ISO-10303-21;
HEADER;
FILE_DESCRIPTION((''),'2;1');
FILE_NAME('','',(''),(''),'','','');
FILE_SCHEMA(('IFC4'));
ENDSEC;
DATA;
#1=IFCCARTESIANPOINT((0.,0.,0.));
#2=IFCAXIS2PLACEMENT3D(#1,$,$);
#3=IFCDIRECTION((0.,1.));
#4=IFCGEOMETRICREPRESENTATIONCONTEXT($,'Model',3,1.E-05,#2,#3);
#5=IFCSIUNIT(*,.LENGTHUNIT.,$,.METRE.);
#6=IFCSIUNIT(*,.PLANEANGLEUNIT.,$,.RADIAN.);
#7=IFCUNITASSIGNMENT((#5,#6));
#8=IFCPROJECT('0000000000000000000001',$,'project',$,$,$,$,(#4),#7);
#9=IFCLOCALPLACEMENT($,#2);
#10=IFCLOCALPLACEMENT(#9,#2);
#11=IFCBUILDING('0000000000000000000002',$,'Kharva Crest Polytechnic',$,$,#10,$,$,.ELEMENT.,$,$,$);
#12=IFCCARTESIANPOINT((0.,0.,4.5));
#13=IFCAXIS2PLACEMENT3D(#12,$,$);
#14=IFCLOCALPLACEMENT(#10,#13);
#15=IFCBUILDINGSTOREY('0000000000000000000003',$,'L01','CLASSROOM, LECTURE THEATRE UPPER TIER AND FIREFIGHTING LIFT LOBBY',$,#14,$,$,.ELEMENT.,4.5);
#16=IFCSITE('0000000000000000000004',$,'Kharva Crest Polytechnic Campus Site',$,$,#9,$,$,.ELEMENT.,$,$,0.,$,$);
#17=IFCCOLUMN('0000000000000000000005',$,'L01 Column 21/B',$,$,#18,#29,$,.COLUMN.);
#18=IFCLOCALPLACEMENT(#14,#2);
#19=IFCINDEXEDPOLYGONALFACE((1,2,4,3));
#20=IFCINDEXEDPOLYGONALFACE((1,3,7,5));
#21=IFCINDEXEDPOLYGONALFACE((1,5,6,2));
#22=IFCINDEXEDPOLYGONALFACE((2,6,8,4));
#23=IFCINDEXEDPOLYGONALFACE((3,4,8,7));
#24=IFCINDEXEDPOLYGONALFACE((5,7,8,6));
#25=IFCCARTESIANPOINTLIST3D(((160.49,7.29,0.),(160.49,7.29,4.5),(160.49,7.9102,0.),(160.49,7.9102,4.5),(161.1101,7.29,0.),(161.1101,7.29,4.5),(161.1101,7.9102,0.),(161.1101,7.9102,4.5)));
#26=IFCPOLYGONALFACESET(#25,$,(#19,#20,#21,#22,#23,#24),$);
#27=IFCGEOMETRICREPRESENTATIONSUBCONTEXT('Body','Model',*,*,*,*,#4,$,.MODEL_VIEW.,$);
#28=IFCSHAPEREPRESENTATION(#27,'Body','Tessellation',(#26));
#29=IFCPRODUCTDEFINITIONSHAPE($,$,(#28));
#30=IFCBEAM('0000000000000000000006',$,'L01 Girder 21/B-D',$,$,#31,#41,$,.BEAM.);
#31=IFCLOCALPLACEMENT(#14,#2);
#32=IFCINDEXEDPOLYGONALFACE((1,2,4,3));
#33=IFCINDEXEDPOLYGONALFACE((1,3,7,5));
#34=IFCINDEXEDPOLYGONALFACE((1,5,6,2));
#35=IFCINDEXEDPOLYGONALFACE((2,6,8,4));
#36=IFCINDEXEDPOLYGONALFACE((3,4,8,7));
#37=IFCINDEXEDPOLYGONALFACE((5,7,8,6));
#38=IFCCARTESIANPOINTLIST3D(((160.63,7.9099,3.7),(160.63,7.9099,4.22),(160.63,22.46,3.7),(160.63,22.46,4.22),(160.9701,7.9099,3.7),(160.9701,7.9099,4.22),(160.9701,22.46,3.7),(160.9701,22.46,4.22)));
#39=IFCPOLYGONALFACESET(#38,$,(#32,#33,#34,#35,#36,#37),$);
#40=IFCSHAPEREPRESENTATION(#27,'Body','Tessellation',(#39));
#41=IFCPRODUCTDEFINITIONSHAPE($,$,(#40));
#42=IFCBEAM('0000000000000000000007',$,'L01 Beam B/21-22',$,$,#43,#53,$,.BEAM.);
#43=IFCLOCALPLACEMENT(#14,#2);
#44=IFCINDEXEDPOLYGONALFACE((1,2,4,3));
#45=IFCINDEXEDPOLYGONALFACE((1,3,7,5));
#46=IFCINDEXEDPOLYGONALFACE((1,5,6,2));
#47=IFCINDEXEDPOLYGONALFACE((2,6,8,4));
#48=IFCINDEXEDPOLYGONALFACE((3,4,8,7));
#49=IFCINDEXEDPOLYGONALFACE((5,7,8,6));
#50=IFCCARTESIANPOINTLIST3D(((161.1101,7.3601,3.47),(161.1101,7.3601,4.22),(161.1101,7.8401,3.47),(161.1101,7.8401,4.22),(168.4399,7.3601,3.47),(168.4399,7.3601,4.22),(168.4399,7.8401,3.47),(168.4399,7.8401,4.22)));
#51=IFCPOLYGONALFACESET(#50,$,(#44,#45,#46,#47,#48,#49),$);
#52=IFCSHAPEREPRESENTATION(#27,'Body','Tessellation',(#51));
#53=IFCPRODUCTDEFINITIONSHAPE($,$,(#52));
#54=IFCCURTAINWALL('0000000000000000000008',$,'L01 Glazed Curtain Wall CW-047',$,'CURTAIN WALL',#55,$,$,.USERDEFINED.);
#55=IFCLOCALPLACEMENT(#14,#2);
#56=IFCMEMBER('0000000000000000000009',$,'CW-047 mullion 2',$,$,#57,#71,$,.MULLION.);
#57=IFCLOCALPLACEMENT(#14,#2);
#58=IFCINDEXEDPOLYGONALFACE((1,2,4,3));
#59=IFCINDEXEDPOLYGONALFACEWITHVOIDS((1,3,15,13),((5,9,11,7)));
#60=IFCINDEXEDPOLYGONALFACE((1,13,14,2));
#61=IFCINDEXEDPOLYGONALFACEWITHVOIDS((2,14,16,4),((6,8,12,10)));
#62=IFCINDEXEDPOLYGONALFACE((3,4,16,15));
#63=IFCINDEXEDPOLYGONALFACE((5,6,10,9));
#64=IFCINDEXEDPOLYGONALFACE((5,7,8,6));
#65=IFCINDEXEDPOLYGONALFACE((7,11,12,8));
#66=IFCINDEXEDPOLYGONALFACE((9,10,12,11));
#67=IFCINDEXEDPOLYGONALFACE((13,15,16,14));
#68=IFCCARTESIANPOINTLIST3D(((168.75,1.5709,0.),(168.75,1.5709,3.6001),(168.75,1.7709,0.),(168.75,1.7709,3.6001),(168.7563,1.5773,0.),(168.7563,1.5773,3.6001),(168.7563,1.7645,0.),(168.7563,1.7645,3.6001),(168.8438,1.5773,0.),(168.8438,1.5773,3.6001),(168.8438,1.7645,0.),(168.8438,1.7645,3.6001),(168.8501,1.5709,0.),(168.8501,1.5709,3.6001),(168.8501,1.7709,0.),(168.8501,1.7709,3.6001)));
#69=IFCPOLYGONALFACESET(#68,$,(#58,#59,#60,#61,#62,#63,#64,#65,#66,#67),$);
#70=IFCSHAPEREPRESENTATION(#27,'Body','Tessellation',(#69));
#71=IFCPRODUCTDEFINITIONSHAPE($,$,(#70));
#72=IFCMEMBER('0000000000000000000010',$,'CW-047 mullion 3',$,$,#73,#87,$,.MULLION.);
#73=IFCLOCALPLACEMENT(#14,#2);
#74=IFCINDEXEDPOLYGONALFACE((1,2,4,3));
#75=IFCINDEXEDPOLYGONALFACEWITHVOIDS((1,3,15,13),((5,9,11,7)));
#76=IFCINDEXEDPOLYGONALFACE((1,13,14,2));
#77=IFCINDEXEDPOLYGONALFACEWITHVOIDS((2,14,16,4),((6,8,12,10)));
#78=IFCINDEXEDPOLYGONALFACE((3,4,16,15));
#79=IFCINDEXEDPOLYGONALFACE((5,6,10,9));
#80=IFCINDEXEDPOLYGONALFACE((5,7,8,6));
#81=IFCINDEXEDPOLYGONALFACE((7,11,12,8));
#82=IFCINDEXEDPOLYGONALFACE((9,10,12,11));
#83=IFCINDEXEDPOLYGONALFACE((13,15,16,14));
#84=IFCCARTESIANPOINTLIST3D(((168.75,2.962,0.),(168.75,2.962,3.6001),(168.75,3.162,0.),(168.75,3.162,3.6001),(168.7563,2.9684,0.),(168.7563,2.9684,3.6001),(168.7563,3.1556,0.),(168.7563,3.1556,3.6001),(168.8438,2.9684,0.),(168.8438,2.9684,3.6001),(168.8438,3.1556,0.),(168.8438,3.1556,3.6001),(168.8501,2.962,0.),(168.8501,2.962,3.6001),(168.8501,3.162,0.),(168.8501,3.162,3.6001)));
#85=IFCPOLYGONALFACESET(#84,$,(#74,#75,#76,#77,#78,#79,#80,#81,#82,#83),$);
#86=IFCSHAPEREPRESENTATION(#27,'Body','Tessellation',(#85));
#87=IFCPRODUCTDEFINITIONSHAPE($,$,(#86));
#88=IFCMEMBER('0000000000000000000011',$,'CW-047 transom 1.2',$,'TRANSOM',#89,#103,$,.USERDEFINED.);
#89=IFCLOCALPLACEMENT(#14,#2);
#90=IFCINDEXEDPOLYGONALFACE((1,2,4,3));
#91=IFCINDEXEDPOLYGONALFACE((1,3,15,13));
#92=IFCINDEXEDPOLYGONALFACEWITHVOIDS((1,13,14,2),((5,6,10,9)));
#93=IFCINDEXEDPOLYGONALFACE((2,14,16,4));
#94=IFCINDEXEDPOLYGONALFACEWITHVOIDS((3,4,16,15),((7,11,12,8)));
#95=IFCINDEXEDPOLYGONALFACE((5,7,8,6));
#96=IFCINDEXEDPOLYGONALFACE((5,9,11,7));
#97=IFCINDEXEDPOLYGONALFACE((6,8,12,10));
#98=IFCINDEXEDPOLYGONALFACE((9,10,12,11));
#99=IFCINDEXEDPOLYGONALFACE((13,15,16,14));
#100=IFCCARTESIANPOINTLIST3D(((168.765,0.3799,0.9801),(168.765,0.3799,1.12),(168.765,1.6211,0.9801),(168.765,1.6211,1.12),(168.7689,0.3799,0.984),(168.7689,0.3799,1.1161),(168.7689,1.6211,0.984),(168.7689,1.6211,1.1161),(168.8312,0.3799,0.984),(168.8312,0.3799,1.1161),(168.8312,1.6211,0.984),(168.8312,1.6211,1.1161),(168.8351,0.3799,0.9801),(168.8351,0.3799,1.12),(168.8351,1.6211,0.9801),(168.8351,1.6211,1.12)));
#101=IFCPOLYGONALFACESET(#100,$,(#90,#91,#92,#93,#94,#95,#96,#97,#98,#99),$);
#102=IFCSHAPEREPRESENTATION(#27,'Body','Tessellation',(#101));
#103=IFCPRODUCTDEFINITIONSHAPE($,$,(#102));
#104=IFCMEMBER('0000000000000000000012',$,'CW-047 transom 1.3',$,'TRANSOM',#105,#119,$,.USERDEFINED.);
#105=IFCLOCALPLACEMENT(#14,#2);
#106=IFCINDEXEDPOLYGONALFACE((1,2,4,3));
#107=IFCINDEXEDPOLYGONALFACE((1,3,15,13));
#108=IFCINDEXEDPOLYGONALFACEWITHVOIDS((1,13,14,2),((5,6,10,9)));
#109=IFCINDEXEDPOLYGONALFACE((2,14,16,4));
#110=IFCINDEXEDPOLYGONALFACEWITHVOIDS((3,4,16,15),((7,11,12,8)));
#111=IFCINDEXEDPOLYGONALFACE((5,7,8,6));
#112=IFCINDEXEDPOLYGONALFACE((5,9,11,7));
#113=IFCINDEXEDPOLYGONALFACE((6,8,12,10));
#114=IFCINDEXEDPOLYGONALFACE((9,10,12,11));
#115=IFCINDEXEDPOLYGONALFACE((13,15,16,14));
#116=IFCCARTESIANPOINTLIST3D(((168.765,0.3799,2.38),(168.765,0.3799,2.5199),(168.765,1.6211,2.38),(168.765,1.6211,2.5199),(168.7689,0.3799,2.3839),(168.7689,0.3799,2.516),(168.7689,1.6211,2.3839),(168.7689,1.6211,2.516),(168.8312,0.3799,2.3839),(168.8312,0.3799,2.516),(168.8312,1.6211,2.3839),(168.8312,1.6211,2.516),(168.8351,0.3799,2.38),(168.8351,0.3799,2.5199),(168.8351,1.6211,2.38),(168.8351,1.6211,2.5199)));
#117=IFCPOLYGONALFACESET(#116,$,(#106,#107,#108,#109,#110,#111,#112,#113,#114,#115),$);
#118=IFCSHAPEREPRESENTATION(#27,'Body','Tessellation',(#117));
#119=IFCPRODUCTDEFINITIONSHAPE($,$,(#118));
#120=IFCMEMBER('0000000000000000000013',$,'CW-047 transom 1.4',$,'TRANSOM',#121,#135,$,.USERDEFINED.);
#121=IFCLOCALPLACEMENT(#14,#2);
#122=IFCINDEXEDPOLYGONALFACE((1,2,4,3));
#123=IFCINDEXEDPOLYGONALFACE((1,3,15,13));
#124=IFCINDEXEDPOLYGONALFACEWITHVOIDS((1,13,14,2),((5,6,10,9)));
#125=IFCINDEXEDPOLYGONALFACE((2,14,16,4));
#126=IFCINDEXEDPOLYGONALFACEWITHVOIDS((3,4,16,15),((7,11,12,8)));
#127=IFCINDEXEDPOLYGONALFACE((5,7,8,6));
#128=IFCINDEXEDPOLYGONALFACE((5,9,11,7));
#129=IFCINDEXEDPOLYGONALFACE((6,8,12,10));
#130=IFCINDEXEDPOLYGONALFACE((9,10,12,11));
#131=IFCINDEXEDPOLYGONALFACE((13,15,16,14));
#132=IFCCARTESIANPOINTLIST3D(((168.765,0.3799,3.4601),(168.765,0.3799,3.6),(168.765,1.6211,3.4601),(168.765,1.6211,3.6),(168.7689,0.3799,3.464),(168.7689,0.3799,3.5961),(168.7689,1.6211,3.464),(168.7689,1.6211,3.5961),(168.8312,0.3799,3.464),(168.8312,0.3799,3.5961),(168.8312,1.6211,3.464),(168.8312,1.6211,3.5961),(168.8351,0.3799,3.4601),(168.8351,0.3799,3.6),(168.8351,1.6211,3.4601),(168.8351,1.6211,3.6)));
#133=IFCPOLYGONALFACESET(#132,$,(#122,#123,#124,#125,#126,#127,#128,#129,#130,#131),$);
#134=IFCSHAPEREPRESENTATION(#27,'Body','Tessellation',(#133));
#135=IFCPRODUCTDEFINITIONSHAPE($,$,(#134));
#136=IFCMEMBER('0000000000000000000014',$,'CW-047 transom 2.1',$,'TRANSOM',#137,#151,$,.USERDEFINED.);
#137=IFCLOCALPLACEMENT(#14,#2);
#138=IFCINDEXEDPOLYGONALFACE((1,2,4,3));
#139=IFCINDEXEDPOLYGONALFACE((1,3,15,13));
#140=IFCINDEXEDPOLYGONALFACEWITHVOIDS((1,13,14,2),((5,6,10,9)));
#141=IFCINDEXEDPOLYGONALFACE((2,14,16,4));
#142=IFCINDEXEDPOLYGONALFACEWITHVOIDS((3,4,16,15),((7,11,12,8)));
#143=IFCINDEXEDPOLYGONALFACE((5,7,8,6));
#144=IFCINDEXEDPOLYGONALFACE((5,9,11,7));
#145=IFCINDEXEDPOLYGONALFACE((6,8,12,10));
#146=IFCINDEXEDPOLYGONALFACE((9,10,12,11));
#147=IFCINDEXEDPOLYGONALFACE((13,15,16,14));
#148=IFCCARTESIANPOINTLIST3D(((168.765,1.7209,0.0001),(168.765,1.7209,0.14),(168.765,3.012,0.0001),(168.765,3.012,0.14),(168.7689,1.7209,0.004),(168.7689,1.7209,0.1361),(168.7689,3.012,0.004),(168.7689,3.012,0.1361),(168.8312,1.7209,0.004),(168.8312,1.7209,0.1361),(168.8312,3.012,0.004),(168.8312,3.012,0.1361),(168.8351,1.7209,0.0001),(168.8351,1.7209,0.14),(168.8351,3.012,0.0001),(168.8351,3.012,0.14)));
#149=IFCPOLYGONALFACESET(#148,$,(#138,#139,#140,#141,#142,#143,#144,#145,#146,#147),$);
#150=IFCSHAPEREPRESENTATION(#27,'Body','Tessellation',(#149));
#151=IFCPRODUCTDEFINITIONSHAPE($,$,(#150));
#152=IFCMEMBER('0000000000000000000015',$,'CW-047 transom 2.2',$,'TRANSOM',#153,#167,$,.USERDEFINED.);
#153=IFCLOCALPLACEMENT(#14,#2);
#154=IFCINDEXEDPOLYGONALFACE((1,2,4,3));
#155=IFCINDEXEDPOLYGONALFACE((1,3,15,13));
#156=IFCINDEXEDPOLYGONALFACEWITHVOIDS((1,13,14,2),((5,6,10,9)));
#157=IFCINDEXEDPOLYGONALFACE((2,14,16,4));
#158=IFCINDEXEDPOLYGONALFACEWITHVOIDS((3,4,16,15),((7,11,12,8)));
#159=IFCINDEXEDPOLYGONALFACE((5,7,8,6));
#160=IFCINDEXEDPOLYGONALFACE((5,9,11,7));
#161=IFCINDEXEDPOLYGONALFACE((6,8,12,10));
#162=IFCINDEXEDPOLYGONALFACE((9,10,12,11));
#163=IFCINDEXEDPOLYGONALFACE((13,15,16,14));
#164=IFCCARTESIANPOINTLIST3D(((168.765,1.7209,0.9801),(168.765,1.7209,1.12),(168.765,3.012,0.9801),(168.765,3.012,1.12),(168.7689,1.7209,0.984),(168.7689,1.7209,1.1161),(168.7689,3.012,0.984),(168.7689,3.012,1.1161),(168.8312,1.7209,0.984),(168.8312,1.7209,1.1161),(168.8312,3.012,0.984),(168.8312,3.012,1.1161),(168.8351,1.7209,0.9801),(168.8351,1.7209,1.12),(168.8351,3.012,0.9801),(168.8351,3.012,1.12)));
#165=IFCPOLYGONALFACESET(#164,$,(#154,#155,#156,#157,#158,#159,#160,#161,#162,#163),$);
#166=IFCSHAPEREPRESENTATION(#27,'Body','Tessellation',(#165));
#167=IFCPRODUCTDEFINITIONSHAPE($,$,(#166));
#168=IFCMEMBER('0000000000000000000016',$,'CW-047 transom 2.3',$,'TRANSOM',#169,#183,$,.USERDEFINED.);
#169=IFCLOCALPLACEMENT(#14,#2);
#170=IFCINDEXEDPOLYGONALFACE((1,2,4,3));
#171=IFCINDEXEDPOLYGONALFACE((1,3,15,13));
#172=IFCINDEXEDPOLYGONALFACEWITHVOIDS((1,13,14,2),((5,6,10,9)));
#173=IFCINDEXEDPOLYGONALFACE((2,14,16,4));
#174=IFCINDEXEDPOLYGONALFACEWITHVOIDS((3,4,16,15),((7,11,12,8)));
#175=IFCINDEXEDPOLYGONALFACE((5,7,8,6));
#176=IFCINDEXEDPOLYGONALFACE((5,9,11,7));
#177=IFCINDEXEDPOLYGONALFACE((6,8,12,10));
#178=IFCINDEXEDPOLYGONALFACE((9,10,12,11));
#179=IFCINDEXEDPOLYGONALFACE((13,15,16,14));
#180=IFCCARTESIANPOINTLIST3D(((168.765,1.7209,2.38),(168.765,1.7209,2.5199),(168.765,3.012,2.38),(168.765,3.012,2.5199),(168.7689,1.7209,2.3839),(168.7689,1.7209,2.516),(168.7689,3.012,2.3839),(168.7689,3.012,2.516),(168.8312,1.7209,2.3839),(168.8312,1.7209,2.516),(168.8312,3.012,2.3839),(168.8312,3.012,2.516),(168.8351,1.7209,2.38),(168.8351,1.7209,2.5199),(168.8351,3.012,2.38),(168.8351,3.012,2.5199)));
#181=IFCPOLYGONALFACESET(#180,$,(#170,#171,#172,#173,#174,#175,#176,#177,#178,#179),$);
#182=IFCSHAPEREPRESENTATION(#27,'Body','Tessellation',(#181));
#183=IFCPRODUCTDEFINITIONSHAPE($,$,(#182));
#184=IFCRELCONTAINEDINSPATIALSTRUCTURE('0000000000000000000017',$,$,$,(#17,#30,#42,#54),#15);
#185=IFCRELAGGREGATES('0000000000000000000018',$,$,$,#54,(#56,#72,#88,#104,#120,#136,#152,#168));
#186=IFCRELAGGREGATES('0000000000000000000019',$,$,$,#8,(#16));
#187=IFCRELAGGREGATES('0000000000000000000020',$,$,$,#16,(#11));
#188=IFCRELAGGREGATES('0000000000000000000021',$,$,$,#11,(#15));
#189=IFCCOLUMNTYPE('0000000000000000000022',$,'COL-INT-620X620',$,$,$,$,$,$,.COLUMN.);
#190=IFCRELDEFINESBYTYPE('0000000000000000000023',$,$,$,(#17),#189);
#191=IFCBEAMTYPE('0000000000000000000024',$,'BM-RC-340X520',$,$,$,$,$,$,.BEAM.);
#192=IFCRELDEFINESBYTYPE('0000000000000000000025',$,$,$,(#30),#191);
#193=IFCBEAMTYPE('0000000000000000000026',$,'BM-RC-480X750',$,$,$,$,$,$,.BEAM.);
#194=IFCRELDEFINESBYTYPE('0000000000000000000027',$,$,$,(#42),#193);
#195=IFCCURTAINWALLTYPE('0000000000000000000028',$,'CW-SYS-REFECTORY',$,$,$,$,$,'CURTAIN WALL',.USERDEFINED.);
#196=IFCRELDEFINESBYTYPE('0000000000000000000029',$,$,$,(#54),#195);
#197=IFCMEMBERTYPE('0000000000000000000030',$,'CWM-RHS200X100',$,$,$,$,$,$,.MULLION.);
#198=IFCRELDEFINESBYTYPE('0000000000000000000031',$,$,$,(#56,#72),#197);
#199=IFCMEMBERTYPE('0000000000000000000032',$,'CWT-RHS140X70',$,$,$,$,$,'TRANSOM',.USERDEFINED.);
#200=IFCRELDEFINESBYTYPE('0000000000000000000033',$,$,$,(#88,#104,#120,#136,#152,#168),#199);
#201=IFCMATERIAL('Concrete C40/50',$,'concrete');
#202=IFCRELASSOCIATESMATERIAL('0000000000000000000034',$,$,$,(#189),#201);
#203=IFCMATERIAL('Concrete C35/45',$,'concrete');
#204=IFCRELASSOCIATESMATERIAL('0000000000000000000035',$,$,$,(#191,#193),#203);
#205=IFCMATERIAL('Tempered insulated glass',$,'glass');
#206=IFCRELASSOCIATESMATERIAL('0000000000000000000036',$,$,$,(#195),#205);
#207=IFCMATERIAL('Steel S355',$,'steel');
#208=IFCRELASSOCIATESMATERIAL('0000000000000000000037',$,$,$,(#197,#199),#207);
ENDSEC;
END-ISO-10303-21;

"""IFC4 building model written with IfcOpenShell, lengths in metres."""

from ifc_helpers import new_model, si_unit, direction, frame, origin, origin_2d, place, context, subcontext, project, spatial, rectangle, hollow_rectangle, extrude, material, material_profile, profile_set, type_object, element, aggregate, save


model = new_model("IFC4")

# Units and contexts
model_context = context("Model", 3, precision=1e-05, world=origin(), true_north=direction((0.0, 1.0)))
body_context = subcontext(model_context, "Body", "Model", "MODEL_VIEW")
ifc_project = project(units=[si_unit("LENGTHUNIT", "METRE"), si_unit("PLANEANGLEUNIT", "RADIAN")], contexts=[model_context])

# Site, building, storey
site_placement = place(None, origin())
site = spatial("IfcSite", under=ifc_project, at=site_placement, Name="Kharva Crest Polytechnic Campus Site", CompositionType="ELEMENT", RefElevation=0.0)
building_placement = place(site_placement, origin())
building = spatial("IfcBuilding", under=site, at=building_placement, Name="Kharva Crest Polytechnic", CompositionType="ELEMENT")
storey_placement = place(building_placement, frame((0.0, 0.0, 4.5)))
storey = spatial("IfcBuildingStorey", under=building, at=storey_placement, Name="L01", Description="CLASSROOM, LECTURE THEATRE UPPER TIER AND FIREFIGHTING LIFT LOBBY", CompositionType="ELEMENT", Elevation=4.5)

# Column
ifc_material_1 = material(Name="Concrete C40/50", Category="concrete")
ifc_material_profile_1 = material_profile(ifc_material_1, rectangle(XDim=0.6201, YDim=0.6201, at=origin_2d()), Name="RECT 620 X 620")
ifc_profile_set_1 = profile_set([ifc_material_profile_1], Name="Concrete C40/50")
column_type = type_object("IfcColumnType", Name="COL-INT-620X620", PredefinedType="COLUMN", material=ifc_profile_set_1)
column_placement = place(storey_placement, frame((160.8, 7.6001, 0.0), z_axis=(0.0, 0.0, 1.0), x_axis=(1.0, 0.0, 0.0)))
element("IfcColumn", 1, at=column_placement, inside=storey, type_object=column_type, Name="L01 Column 21/B", PredefinedType="COLUMN", context=body_context, shape_type="SweptSolid", body=[
    extrude(rectangle(XDim=0.6201, YDim=0.6201, at=origin_2d()), origin(), (0.0, 0.0, 1.0), 4.5),
])

# Beams
ifc_material_2 = material(Name="Concrete C35/45", Category="concrete")
ifc_material_profile_2 = material_profile(ifc_material_2, rectangle(XDim=0.3401, YDim=0.52, at=origin_2d()), Name="RECT 340 X 520")
ifc_profile_set_2 = profile_set([ifc_material_profile_2], Name="Concrete C35/45")
beam_type_1 = type_object("IfcBeamType", Name="BM-RC-340X520", PredefinedType="BEAM", material=ifc_profile_set_2)
beam_1_placement = place(storey_placement, frame((160.8, 7.9099, 3.96), z_axis=(0.0, 1.0, 0.0), x_axis=(-1.0, 0.0, 0.0)))
element("IfcBeam", 2, at=beam_1_placement, inside=storey, type_object=beam_type_1, Name="L01 Girder 21/B-D", PredefinedType="BEAM", context=body_context, shape_type="SweptSolid", body=[
    extrude(rectangle(XDim=0.3401, YDim=0.52, at=origin_2d()), origin(), (0.0, 0.0, 1.0), 14.55),
])
ifc_material_profile_3 = material_profile(ifc_material_2, rectangle(XDim=0.48, YDim=0.75, at=origin_2d()), Name="RECT 480 X 750")
ifc_profile_set_3 = profile_set([ifc_material_profile_3], Name="Concrete C35/45")
beam_type_2 = type_object("IfcBeamType", Name="BM-RC-480X750", PredefinedType="BEAM", material=ifc_profile_set_3)
beam_2_placement = place(storey_placement, frame((161.1101, 7.6001, 3.845), z_axis=(1.0, 0.0, 0.0), x_axis=(0.0, 1.0, 0.0)))
element("IfcBeam", 3, at=beam_2_placement, inside=storey, type_object=beam_type_2, Name="L01 Beam B/21-22", PredefinedType="BEAM", context=body_context, shape_type="SweptSolid", body=[
    extrude(rectangle(XDim=0.48, YDim=0.75, at=origin_2d()), origin(), (0.0, 0.0, 1.0), 7.3298),
])

# Curtain wall, members
ifc_material_3 = material(Name="Tempered insulated glass", Category="glass")
curtain_wall_type = type_object("IfcCurtainWallType", Name="CW-SYS-REFECTORY", ElementType="CURTAIN WALL", PredefinedType="USERDEFINED", material=ifc_material_3)
curtain_wall_placement = place(storey_placement, origin())
curtain_wall = element("IfcCurtainWall", 4, at=curtain_wall_placement, inside=storey, type_object=curtain_wall_type, Name="L01 Glazed Curtain Wall CW-047", ObjectType="CURTAIN WALL", PredefinedType="USERDEFINED")
ifc_material_4 = material(Name="Steel S355", Category="steel")
ifc_material_profile_4 = material_profile(ifc_material_4, hollow_rectangle(XDim=0.1001, YDim=0.2, WallThickness=0.0063, at=origin_2d()), Name="RHS 200X100X6.3")
ifc_profile_set_4 = profile_set([ifc_material_profile_4], Name="Steel S355")
member_type_1 = type_object("IfcMemberType", Name="CWM-RHS200X100", PredefinedType="MULLION", material=ifc_profile_set_4)
member_1_placement = place(storey_placement, frame((168.8, 1.6709, 0.0), z_axis=(0.0, 0.0, 1.0), x_axis=(-1.0, 0.0, 0.0)))
member_1 = element("IfcMember", 5, at=member_1_placement, type_object=member_type_1, Name="CW-047 mullion 2", PredefinedType="MULLION", context=body_context, shape_type="SweptSolid", body=[
    extrude(hollow_rectangle(XDim=0.1001, YDim=0.2, WallThickness=0.0063, at=origin_2d()), origin(), (0.0, 0.0, 1.0), 3.6001),
])
member_2_placement = place(storey_placement, frame((168.8, 3.062, 0.0), z_axis=(0.0, 0.0, 1.0), x_axis=(-1.0, 0.0, 0.0)))
member_2 = element("IfcMember", 6, at=member_2_placement, type_object=member_type_1, Name="CW-047 mullion 3", PredefinedType="MULLION", context=body_context, shape_type="SweptSolid", body=[
    extrude(hollow_rectangle(XDim=0.1001, YDim=0.2, WallThickness=0.0063, at=origin_2d()), origin(), (0.0, 0.0, 1.0), 3.6001),
])
ifc_material_profile_5 = material_profile(ifc_material_4, hollow_rectangle(XDim=0.0701, YDim=0.1399, WallThickness=0.0039, at=origin_2d()), Name="RHS 140X70X4.0")
ifc_profile_set_5 = profile_set([ifc_material_profile_5], Name="Steel S355")
member_type_2 = type_object("IfcMemberType", Name="CWT-RHS140X70", ElementType="TRANSOM", PredefinedType="USERDEFINED", material=ifc_profile_set_5)
member_3_placement = place(storey_placement, frame((168.8, 0.3799, 1.05), z_axis=(0.0, 1.0, 0.0), x_axis=(-1.0, 0.0, 0.0)))
member_3 = element("IfcMember", 7, at=member_3_placement, type_object=member_type_2, Name="CW-047 transom 1.2", ObjectType="TRANSOM", PredefinedType="USERDEFINED", context=body_context, shape_type="SweptSolid", body=[
    extrude(hollow_rectangle(XDim=0.0701, YDim=0.1399, WallThickness=0.0039, at=origin_2d()), origin(), (0.0, 0.0, 1.0), 1.2412),
])
member_4_placement = place(storey_placement, frame((168.8, 0.3799, 2.45), z_axis=(0.0, 1.0, 0.0), x_axis=(-1.0, 0.0, 0.0)))
member_4 = element("IfcMember", 8, at=member_4_placement, type_object=member_type_2, Name="CW-047 transom 1.3", ObjectType="TRANSOM", PredefinedType="USERDEFINED", context=body_context, shape_type="SweptSolid", body=[
    extrude(hollow_rectangle(XDim=0.0701, YDim=0.1399, WallThickness=0.0039, at=origin_2d()), origin(), (0.0, 0.0, 1.0), 1.2412),
])
member_5_placement = place(storey_placement, frame((168.8, 0.3799, 3.53), z_axis=(0.0, 1.0, 0.0), x_axis=(-1.0, 0.0, 0.0)))
member_5 = element("IfcMember", 9, at=member_5_placement, type_object=member_type_2, Name="CW-047 transom 1.4", ObjectType="TRANSOM", PredefinedType="USERDEFINED", context=body_context, shape_type="SweptSolid", body=[
    extrude(hollow_rectangle(XDim=0.0701, YDim=0.1399, WallThickness=0.0039, at=origin_2d()), origin(), (0.0, 0.0, 1.0), 1.2412),
])
member_6_placement = place(storey_placement, frame((168.8, 1.7209, 0.0701), z_axis=(0.0, 1.0, 0.0), x_axis=(-1.0, 0.0, 0.0)))
member_6 = element("IfcMember", 10, at=member_6_placement, type_object=member_type_2, Name="CW-047 transom 2.1", ObjectType="TRANSOM", PredefinedType="USERDEFINED", context=body_context, shape_type="SweptSolid", body=[
    extrude(hollow_rectangle(XDim=0.0701, YDim=0.1399, WallThickness=0.0039, at=origin_2d()), origin(), (0.0, 0.0, 1.0), 1.291),
])
member_7_placement = place(storey_placement, frame((168.8, 1.7209, 1.05), z_axis=(0.0, 1.0, 0.0), x_axis=(-1.0, 0.0, 0.0)))
member_7 = element("IfcMember", 11, at=member_7_placement, type_object=member_type_2, Name="CW-047 transom 2.2", ObjectType="TRANSOM", PredefinedType="USERDEFINED", context=body_context, shape_type="SweptSolid", body=[
    extrude(hollow_rectangle(XDim=0.0701, YDim=0.1399, WallThickness=0.0039, at=origin_2d()), origin(), (0.0, 0.0, 1.0), 1.291),
])
member_8_placement = place(storey_placement, frame((168.8, 1.7209, 2.45), z_axis=(0.0, 1.0, 0.0), x_axis=(-1.0, 0.0, 0.0)))
member_8 = element("IfcMember", 12, at=member_8_placement, type_object=member_type_2, Name="CW-047 transom 2.3", ObjectType="TRANSOM", PredefinedType="USERDEFINED", context=body_context, shape_type="SweptSolid", body=[
    extrude(hollow_rectangle(XDim=0.0701, YDim=0.1399, WallThickness=0.0039, at=origin_2d()), origin(), (0.0, 0.0, 1.0), 1.291),
])
aggregate(curtain_wall, [member_1, member_2, member_3, member_4, member_5, member_6, member_7, member_8])

save(model, "model.ifc")
